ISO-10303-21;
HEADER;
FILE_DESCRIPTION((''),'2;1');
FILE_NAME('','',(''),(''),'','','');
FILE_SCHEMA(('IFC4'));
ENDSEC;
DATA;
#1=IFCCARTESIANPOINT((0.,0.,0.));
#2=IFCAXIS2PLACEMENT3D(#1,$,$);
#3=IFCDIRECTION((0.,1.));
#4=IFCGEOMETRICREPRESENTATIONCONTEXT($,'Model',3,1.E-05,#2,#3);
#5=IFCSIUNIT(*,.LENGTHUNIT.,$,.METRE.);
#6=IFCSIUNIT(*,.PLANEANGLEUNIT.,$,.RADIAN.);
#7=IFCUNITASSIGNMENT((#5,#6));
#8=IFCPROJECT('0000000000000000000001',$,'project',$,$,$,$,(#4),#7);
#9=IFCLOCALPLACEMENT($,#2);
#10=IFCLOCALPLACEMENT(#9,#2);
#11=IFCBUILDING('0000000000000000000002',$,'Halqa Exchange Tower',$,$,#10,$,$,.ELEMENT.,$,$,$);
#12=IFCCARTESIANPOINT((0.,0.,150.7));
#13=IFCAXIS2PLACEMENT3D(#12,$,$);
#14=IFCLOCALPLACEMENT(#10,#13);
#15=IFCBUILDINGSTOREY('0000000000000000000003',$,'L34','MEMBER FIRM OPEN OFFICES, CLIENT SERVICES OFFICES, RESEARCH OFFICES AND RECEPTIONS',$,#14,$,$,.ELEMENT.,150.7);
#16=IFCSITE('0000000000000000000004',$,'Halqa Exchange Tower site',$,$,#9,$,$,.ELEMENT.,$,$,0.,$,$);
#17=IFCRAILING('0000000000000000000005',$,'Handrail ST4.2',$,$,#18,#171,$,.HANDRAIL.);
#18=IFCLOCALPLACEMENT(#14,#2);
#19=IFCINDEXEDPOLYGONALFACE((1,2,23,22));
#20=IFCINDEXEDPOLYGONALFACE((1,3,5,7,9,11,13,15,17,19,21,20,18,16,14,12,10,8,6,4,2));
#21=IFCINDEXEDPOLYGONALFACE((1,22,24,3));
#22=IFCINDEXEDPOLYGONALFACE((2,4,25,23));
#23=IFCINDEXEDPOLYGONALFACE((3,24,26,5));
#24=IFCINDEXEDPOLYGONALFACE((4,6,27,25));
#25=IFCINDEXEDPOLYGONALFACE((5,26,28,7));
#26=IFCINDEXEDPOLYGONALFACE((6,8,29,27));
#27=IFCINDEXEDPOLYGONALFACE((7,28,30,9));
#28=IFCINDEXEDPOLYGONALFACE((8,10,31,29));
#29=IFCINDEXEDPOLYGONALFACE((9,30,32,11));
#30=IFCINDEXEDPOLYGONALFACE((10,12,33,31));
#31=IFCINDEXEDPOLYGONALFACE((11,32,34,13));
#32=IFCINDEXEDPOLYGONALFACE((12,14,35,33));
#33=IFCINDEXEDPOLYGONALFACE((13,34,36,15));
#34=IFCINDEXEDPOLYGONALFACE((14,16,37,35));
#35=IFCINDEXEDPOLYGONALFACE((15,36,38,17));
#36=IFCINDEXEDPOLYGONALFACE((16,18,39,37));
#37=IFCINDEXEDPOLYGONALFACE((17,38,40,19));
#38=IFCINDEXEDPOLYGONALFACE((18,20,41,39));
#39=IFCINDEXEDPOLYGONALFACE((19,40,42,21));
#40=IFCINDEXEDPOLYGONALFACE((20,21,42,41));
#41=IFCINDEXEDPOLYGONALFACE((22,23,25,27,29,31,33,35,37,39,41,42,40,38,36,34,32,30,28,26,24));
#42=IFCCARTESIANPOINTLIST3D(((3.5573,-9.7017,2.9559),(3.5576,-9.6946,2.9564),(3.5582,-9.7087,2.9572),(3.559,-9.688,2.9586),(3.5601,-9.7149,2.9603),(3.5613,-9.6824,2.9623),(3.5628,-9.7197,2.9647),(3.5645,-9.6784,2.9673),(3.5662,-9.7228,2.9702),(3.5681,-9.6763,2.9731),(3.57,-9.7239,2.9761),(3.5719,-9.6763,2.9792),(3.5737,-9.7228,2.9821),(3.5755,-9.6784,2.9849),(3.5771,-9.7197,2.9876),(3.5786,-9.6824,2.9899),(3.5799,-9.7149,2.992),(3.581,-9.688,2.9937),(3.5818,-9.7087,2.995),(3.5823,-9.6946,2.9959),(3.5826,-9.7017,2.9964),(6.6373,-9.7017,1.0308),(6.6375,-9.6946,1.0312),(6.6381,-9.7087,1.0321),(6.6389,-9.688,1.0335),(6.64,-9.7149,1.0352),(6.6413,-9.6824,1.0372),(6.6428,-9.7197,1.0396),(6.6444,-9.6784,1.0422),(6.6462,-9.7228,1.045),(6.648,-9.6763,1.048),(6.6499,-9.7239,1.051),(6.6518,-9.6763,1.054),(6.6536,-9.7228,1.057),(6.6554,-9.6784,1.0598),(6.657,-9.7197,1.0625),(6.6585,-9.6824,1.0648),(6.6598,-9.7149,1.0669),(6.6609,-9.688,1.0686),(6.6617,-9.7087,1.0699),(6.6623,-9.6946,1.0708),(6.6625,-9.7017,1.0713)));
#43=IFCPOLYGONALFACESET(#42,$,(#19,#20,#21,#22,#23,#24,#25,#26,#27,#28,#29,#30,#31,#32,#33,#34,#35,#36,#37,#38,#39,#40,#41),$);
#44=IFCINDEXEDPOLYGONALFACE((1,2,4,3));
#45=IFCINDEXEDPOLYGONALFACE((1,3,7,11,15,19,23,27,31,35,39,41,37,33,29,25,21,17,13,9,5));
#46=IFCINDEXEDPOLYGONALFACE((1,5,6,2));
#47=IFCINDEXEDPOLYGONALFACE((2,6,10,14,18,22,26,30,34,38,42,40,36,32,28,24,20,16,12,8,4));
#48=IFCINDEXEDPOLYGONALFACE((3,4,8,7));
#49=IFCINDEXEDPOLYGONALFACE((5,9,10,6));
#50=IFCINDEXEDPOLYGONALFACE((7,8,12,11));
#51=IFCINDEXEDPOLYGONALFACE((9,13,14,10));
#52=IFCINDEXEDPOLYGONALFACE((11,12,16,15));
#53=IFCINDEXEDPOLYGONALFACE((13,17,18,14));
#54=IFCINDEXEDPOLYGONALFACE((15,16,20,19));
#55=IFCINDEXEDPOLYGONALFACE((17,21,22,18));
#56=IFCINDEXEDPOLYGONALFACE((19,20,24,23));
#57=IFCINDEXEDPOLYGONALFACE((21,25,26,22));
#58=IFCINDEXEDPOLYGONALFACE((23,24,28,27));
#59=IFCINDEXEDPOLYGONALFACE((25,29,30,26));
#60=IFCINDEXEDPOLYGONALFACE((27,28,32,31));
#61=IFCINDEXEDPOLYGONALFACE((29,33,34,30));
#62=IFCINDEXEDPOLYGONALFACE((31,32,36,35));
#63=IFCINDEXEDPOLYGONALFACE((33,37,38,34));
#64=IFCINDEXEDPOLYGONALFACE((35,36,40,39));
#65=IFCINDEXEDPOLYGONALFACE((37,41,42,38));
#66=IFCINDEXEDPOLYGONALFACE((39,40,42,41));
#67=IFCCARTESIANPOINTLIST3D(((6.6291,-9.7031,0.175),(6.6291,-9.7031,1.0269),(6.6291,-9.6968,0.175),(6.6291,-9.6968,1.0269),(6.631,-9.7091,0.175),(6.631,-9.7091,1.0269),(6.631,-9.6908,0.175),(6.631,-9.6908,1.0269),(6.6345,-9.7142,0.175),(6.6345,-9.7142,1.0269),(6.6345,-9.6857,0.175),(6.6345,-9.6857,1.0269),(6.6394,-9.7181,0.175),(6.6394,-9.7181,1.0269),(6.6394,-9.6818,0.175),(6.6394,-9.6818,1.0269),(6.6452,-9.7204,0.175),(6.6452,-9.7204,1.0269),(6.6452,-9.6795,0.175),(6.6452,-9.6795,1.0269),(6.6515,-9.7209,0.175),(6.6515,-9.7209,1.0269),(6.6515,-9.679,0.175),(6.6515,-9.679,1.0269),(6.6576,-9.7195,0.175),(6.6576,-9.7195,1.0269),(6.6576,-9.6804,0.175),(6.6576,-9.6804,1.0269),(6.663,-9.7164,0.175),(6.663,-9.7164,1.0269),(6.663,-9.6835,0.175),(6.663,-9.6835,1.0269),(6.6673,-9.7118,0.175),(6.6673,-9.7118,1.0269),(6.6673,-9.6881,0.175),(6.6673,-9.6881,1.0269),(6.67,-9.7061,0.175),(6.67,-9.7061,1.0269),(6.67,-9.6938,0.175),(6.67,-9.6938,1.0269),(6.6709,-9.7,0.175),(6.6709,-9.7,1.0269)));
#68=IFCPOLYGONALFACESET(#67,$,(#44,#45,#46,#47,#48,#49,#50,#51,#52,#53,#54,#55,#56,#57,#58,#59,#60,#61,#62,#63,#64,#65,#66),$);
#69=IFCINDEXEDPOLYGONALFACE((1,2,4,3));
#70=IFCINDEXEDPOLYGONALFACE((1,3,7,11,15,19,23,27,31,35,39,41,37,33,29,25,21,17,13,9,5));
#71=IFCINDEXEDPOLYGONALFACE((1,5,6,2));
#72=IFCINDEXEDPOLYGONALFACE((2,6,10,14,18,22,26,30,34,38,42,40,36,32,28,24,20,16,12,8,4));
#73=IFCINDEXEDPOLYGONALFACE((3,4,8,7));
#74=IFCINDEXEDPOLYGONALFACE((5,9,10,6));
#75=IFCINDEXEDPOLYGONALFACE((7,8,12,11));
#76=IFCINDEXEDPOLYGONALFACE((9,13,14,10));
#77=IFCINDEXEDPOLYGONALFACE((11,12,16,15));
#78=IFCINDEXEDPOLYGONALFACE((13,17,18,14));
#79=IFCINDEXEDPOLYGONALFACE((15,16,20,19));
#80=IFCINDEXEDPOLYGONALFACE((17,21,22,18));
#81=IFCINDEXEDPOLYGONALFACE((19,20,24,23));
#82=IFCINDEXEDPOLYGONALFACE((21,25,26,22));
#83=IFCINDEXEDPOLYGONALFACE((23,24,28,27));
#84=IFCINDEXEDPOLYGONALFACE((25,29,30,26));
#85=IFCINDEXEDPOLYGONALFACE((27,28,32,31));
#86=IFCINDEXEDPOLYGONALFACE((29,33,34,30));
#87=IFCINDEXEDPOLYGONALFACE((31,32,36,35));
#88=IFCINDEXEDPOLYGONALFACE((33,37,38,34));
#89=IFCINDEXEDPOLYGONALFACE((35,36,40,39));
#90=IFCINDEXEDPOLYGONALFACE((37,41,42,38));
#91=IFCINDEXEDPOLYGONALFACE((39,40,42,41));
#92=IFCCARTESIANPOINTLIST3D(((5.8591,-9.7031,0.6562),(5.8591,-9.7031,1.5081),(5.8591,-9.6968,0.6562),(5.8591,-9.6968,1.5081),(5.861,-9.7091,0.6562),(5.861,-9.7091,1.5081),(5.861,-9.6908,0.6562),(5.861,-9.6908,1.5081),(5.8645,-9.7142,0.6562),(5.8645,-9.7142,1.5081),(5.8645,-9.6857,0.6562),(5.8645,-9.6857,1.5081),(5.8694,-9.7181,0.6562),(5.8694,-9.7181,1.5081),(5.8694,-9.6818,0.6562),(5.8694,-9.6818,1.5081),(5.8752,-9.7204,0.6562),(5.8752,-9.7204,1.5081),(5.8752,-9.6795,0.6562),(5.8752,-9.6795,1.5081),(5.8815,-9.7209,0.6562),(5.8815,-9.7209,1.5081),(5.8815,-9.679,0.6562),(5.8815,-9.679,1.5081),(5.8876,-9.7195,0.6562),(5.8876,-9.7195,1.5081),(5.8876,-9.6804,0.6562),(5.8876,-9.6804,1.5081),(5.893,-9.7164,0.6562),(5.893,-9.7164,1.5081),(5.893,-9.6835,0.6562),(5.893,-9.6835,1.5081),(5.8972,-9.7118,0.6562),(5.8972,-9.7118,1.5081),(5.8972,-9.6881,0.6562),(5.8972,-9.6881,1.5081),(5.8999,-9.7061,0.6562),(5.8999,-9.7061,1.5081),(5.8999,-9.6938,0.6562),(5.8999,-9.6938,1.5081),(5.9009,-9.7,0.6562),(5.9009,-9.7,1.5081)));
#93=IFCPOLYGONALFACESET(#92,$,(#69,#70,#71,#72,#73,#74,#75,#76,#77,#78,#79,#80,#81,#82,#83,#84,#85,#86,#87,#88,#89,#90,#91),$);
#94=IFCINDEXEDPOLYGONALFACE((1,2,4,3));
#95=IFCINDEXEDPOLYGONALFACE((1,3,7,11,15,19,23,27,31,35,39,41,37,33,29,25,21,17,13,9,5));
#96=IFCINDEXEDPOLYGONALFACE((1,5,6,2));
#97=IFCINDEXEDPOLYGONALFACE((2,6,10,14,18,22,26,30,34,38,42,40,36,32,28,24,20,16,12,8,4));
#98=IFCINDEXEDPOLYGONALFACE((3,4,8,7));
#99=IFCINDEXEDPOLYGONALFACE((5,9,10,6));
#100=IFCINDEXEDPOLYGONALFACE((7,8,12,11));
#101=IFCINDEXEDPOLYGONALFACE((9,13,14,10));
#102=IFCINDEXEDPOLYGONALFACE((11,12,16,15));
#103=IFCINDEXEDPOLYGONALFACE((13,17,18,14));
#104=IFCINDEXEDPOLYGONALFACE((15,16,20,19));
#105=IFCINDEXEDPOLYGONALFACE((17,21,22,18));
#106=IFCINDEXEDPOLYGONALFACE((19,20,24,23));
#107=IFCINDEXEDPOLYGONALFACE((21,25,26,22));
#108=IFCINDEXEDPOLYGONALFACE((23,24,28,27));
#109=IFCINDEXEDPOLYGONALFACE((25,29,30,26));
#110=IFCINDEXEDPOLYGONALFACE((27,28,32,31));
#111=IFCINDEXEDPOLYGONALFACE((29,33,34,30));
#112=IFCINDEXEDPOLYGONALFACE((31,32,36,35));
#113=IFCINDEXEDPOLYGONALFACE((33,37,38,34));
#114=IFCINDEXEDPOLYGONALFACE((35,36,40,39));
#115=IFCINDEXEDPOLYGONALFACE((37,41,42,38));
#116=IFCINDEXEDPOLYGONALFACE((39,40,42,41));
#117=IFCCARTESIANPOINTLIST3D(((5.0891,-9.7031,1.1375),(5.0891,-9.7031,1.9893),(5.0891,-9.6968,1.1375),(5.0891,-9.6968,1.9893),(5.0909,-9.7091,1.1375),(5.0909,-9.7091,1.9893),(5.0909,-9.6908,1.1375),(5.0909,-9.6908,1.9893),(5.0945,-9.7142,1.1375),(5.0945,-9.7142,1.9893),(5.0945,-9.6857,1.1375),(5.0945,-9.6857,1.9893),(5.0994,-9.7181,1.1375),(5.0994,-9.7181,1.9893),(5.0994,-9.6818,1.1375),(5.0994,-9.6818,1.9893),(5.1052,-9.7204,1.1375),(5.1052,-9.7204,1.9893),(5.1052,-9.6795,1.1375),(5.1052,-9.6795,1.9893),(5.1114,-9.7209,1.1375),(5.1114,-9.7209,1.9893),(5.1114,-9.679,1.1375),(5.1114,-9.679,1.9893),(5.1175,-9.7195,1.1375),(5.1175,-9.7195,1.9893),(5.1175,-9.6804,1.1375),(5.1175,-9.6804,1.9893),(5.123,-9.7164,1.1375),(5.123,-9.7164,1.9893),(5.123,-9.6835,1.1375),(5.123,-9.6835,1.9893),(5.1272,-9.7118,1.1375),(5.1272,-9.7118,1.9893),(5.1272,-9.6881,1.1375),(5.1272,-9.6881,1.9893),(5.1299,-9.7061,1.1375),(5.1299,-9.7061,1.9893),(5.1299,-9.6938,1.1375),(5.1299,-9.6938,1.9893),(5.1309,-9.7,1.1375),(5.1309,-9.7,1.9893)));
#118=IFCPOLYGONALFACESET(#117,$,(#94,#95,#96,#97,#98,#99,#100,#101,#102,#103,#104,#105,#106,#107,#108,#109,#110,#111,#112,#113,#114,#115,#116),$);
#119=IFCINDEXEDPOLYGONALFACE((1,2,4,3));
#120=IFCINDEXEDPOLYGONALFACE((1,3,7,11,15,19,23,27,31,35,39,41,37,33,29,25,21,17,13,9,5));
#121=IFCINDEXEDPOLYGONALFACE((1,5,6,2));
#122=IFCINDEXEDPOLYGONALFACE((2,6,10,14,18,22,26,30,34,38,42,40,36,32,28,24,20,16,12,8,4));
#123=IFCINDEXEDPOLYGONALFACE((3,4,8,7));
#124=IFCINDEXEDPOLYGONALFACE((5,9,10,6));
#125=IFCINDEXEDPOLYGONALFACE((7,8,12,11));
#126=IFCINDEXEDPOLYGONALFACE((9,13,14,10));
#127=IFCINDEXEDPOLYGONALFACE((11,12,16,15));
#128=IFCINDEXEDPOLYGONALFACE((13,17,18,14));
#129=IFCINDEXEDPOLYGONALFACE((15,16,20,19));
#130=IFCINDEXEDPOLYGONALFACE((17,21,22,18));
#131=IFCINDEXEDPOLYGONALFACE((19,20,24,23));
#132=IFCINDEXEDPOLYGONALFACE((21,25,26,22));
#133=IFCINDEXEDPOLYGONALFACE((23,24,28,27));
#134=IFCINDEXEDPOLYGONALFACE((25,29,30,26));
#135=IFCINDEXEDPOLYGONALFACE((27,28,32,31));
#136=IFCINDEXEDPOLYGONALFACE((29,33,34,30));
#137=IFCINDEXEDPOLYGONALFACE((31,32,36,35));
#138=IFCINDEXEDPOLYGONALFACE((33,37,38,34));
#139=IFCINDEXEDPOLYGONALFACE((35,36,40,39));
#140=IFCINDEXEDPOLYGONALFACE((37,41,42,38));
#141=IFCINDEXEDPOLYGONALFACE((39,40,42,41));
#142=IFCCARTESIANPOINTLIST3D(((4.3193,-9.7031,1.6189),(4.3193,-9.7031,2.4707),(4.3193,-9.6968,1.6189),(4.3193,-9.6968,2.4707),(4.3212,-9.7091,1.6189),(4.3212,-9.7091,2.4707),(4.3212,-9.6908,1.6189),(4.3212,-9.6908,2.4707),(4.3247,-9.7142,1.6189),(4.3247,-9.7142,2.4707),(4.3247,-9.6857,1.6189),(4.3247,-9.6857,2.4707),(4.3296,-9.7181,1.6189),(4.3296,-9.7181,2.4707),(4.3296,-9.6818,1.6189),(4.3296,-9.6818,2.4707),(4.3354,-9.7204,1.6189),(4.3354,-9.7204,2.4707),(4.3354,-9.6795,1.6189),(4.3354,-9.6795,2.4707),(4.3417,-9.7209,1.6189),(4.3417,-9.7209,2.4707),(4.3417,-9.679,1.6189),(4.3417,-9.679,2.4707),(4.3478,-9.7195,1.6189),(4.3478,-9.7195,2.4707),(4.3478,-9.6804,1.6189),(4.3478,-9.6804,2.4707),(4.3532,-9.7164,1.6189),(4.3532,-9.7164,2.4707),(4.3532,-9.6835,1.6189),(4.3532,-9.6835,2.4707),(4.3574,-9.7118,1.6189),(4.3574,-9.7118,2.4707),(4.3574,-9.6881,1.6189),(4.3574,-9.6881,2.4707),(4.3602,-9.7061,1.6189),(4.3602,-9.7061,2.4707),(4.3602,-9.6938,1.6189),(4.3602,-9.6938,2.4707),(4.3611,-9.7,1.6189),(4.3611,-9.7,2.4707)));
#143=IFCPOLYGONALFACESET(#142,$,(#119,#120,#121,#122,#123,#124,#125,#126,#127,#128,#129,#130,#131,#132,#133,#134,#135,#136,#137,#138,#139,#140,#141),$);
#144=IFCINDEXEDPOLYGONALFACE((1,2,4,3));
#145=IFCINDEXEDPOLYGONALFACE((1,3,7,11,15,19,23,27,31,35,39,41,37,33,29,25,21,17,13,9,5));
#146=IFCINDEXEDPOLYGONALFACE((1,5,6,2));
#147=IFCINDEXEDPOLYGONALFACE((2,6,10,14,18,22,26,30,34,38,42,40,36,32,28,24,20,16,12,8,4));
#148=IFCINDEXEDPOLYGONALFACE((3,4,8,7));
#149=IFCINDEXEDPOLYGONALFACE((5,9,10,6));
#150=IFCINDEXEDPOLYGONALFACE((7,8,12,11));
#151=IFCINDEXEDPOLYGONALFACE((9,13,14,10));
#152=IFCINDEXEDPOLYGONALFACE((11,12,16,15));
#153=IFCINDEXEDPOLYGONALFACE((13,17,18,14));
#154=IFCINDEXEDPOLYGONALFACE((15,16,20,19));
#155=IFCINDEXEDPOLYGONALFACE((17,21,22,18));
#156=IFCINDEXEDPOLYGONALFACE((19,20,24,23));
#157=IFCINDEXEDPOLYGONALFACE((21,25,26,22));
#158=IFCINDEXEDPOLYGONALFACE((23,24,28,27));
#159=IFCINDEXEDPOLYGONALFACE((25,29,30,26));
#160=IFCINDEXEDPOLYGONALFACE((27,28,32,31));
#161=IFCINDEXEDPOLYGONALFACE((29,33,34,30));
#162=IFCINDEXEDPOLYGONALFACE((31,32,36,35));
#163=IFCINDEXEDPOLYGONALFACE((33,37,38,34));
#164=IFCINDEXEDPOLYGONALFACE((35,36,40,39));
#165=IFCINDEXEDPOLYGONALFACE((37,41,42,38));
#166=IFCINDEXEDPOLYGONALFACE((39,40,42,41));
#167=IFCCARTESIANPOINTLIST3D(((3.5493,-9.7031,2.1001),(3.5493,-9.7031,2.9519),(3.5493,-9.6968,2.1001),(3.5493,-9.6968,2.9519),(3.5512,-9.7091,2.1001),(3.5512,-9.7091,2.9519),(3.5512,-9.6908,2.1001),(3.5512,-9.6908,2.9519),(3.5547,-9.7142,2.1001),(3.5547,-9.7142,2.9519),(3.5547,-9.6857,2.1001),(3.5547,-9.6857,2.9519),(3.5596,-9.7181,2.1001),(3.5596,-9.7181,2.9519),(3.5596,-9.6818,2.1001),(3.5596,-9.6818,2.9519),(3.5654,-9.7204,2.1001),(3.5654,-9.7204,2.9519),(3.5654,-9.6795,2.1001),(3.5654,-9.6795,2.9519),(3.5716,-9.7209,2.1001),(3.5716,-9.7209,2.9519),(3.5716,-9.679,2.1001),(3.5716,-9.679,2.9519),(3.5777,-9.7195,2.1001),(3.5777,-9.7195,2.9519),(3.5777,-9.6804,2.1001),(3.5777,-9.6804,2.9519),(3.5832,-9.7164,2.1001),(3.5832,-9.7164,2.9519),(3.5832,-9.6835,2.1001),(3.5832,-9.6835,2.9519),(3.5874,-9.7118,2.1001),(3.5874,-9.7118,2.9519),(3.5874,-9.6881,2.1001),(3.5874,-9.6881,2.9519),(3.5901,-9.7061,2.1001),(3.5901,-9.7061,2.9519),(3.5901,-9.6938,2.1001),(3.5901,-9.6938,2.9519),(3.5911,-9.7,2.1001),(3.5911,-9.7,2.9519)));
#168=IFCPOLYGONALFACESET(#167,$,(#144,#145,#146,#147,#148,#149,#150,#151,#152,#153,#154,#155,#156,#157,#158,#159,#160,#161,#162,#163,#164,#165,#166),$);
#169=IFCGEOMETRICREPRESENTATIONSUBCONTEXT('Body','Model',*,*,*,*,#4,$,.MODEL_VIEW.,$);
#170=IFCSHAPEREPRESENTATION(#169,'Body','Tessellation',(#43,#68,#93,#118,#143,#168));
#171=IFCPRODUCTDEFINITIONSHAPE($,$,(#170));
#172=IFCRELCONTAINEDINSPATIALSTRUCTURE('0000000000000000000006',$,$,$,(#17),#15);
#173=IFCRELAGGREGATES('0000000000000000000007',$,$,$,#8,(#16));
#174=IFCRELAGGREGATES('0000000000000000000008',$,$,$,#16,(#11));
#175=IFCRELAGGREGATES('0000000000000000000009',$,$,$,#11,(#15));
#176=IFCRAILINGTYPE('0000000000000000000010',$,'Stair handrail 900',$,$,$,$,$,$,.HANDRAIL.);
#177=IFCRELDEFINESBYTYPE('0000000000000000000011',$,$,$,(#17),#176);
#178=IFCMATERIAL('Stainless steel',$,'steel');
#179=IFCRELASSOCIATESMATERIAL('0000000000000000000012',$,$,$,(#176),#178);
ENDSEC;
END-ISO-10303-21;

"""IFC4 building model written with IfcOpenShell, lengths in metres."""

from ifc_helpers import new_model, si_unit, direction, frame, origin, origin_2d, place, context, subcontext, project, spatial, circle, extrude, material, type_object, element, save


model = new_model("IFC4")

# Units and contexts
model_context = context("Model", 3, precision=1e-05, world=origin(), true_north=direction((0.0, 1.0)))
body_context = subcontext(model_context, "Body", "Model", "MODEL_VIEW")
ifc_project = project(units=[si_unit("LENGTHUNIT", "METRE"), si_unit("PLANEANGLEUNIT", "RADIAN")], contexts=[model_context])

# Site, building, storey
site_placement = place(None, origin())
site = spatial("IfcSite", under=ifc_project, at=site_placement, Name="Halqa Exchange Tower site", CompositionType="ELEMENT", RefElevation=0.0)
building_placement = place(site_placement, origin())
building = spatial("IfcBuilding", under=site, at=building_placement, Name="Halqa Exchange Tower", CompositionType="ELEMENT")
storey_placement = place(building_placement, frame((0.0, 0.0, 150.7)))
storey = spatial("IfcBuildingStorey", under=building, at=storey_placement, Name="L34", Description="MEMBER FIRM OPEN OFFICES, CLIENT SERVICES OFFICES, RESEARCH OFFICES AND RECEPTIONS", CompositionType="ELEMENT", Elevation=150.7)

# Railing
ifc_material_1 = material(Name="Stainless steel", Category="steel")
railing_type_1 = type_object("IfcRailingType", Name="Stair handrail 900", PredefinedType="HANDRAIL", material=ifc_material_1)
railing_1_placement = place(storey_placement, frame((6.6499, -9.7, 0.175)))
element("IfcRailing", 1, at=railing_1_placement, inside=storey, type_object=railing_type_1, Name="Handrail ST4.2", PredefinedType="HANDRAIL", context=body_context, shape_type="SweptSolid", body=[
    extrude(circle(Radius=0.0239, at=origin_2d()), frame((0.0, 0.0, 0.876), z_axis=(-0.847979, 0.0, 0.530029), x_axis=(0.0, -1.0, 0.0)), (0.0, 0.0, 1.0), 3.6321),
    extrude(circle(Radius=0.021, at=origin_2d()), origin(), (0.0, 0.0, 1.0), 0.8518),
    extrude(circle(Radius=0.021, at=origin_2d()), frame((-0.77, 0.0, 0.4812)), (0.0, 0.0, 1.0), 0.8518),
    extrude(circle(Radius=0.021, at=origin_2d()), frame((-1.54, 0.0, 0.9624)), (0.0, 0.0, 1.0), 0.8518),
    extrude(circle(Radius=0.021, at=origin_2d()), frame((-2.3098, 0.0, 1.4438)), (0.0, 0.0, 1.0), 0.8518),
    extrude(circle(Radius=0.021, at=origin_2d()), frame((-3.0798, 0.0, 1.925)), (0.0, 0.0, 1.0), 0.8518),
])

save(model, "model.ifc")
